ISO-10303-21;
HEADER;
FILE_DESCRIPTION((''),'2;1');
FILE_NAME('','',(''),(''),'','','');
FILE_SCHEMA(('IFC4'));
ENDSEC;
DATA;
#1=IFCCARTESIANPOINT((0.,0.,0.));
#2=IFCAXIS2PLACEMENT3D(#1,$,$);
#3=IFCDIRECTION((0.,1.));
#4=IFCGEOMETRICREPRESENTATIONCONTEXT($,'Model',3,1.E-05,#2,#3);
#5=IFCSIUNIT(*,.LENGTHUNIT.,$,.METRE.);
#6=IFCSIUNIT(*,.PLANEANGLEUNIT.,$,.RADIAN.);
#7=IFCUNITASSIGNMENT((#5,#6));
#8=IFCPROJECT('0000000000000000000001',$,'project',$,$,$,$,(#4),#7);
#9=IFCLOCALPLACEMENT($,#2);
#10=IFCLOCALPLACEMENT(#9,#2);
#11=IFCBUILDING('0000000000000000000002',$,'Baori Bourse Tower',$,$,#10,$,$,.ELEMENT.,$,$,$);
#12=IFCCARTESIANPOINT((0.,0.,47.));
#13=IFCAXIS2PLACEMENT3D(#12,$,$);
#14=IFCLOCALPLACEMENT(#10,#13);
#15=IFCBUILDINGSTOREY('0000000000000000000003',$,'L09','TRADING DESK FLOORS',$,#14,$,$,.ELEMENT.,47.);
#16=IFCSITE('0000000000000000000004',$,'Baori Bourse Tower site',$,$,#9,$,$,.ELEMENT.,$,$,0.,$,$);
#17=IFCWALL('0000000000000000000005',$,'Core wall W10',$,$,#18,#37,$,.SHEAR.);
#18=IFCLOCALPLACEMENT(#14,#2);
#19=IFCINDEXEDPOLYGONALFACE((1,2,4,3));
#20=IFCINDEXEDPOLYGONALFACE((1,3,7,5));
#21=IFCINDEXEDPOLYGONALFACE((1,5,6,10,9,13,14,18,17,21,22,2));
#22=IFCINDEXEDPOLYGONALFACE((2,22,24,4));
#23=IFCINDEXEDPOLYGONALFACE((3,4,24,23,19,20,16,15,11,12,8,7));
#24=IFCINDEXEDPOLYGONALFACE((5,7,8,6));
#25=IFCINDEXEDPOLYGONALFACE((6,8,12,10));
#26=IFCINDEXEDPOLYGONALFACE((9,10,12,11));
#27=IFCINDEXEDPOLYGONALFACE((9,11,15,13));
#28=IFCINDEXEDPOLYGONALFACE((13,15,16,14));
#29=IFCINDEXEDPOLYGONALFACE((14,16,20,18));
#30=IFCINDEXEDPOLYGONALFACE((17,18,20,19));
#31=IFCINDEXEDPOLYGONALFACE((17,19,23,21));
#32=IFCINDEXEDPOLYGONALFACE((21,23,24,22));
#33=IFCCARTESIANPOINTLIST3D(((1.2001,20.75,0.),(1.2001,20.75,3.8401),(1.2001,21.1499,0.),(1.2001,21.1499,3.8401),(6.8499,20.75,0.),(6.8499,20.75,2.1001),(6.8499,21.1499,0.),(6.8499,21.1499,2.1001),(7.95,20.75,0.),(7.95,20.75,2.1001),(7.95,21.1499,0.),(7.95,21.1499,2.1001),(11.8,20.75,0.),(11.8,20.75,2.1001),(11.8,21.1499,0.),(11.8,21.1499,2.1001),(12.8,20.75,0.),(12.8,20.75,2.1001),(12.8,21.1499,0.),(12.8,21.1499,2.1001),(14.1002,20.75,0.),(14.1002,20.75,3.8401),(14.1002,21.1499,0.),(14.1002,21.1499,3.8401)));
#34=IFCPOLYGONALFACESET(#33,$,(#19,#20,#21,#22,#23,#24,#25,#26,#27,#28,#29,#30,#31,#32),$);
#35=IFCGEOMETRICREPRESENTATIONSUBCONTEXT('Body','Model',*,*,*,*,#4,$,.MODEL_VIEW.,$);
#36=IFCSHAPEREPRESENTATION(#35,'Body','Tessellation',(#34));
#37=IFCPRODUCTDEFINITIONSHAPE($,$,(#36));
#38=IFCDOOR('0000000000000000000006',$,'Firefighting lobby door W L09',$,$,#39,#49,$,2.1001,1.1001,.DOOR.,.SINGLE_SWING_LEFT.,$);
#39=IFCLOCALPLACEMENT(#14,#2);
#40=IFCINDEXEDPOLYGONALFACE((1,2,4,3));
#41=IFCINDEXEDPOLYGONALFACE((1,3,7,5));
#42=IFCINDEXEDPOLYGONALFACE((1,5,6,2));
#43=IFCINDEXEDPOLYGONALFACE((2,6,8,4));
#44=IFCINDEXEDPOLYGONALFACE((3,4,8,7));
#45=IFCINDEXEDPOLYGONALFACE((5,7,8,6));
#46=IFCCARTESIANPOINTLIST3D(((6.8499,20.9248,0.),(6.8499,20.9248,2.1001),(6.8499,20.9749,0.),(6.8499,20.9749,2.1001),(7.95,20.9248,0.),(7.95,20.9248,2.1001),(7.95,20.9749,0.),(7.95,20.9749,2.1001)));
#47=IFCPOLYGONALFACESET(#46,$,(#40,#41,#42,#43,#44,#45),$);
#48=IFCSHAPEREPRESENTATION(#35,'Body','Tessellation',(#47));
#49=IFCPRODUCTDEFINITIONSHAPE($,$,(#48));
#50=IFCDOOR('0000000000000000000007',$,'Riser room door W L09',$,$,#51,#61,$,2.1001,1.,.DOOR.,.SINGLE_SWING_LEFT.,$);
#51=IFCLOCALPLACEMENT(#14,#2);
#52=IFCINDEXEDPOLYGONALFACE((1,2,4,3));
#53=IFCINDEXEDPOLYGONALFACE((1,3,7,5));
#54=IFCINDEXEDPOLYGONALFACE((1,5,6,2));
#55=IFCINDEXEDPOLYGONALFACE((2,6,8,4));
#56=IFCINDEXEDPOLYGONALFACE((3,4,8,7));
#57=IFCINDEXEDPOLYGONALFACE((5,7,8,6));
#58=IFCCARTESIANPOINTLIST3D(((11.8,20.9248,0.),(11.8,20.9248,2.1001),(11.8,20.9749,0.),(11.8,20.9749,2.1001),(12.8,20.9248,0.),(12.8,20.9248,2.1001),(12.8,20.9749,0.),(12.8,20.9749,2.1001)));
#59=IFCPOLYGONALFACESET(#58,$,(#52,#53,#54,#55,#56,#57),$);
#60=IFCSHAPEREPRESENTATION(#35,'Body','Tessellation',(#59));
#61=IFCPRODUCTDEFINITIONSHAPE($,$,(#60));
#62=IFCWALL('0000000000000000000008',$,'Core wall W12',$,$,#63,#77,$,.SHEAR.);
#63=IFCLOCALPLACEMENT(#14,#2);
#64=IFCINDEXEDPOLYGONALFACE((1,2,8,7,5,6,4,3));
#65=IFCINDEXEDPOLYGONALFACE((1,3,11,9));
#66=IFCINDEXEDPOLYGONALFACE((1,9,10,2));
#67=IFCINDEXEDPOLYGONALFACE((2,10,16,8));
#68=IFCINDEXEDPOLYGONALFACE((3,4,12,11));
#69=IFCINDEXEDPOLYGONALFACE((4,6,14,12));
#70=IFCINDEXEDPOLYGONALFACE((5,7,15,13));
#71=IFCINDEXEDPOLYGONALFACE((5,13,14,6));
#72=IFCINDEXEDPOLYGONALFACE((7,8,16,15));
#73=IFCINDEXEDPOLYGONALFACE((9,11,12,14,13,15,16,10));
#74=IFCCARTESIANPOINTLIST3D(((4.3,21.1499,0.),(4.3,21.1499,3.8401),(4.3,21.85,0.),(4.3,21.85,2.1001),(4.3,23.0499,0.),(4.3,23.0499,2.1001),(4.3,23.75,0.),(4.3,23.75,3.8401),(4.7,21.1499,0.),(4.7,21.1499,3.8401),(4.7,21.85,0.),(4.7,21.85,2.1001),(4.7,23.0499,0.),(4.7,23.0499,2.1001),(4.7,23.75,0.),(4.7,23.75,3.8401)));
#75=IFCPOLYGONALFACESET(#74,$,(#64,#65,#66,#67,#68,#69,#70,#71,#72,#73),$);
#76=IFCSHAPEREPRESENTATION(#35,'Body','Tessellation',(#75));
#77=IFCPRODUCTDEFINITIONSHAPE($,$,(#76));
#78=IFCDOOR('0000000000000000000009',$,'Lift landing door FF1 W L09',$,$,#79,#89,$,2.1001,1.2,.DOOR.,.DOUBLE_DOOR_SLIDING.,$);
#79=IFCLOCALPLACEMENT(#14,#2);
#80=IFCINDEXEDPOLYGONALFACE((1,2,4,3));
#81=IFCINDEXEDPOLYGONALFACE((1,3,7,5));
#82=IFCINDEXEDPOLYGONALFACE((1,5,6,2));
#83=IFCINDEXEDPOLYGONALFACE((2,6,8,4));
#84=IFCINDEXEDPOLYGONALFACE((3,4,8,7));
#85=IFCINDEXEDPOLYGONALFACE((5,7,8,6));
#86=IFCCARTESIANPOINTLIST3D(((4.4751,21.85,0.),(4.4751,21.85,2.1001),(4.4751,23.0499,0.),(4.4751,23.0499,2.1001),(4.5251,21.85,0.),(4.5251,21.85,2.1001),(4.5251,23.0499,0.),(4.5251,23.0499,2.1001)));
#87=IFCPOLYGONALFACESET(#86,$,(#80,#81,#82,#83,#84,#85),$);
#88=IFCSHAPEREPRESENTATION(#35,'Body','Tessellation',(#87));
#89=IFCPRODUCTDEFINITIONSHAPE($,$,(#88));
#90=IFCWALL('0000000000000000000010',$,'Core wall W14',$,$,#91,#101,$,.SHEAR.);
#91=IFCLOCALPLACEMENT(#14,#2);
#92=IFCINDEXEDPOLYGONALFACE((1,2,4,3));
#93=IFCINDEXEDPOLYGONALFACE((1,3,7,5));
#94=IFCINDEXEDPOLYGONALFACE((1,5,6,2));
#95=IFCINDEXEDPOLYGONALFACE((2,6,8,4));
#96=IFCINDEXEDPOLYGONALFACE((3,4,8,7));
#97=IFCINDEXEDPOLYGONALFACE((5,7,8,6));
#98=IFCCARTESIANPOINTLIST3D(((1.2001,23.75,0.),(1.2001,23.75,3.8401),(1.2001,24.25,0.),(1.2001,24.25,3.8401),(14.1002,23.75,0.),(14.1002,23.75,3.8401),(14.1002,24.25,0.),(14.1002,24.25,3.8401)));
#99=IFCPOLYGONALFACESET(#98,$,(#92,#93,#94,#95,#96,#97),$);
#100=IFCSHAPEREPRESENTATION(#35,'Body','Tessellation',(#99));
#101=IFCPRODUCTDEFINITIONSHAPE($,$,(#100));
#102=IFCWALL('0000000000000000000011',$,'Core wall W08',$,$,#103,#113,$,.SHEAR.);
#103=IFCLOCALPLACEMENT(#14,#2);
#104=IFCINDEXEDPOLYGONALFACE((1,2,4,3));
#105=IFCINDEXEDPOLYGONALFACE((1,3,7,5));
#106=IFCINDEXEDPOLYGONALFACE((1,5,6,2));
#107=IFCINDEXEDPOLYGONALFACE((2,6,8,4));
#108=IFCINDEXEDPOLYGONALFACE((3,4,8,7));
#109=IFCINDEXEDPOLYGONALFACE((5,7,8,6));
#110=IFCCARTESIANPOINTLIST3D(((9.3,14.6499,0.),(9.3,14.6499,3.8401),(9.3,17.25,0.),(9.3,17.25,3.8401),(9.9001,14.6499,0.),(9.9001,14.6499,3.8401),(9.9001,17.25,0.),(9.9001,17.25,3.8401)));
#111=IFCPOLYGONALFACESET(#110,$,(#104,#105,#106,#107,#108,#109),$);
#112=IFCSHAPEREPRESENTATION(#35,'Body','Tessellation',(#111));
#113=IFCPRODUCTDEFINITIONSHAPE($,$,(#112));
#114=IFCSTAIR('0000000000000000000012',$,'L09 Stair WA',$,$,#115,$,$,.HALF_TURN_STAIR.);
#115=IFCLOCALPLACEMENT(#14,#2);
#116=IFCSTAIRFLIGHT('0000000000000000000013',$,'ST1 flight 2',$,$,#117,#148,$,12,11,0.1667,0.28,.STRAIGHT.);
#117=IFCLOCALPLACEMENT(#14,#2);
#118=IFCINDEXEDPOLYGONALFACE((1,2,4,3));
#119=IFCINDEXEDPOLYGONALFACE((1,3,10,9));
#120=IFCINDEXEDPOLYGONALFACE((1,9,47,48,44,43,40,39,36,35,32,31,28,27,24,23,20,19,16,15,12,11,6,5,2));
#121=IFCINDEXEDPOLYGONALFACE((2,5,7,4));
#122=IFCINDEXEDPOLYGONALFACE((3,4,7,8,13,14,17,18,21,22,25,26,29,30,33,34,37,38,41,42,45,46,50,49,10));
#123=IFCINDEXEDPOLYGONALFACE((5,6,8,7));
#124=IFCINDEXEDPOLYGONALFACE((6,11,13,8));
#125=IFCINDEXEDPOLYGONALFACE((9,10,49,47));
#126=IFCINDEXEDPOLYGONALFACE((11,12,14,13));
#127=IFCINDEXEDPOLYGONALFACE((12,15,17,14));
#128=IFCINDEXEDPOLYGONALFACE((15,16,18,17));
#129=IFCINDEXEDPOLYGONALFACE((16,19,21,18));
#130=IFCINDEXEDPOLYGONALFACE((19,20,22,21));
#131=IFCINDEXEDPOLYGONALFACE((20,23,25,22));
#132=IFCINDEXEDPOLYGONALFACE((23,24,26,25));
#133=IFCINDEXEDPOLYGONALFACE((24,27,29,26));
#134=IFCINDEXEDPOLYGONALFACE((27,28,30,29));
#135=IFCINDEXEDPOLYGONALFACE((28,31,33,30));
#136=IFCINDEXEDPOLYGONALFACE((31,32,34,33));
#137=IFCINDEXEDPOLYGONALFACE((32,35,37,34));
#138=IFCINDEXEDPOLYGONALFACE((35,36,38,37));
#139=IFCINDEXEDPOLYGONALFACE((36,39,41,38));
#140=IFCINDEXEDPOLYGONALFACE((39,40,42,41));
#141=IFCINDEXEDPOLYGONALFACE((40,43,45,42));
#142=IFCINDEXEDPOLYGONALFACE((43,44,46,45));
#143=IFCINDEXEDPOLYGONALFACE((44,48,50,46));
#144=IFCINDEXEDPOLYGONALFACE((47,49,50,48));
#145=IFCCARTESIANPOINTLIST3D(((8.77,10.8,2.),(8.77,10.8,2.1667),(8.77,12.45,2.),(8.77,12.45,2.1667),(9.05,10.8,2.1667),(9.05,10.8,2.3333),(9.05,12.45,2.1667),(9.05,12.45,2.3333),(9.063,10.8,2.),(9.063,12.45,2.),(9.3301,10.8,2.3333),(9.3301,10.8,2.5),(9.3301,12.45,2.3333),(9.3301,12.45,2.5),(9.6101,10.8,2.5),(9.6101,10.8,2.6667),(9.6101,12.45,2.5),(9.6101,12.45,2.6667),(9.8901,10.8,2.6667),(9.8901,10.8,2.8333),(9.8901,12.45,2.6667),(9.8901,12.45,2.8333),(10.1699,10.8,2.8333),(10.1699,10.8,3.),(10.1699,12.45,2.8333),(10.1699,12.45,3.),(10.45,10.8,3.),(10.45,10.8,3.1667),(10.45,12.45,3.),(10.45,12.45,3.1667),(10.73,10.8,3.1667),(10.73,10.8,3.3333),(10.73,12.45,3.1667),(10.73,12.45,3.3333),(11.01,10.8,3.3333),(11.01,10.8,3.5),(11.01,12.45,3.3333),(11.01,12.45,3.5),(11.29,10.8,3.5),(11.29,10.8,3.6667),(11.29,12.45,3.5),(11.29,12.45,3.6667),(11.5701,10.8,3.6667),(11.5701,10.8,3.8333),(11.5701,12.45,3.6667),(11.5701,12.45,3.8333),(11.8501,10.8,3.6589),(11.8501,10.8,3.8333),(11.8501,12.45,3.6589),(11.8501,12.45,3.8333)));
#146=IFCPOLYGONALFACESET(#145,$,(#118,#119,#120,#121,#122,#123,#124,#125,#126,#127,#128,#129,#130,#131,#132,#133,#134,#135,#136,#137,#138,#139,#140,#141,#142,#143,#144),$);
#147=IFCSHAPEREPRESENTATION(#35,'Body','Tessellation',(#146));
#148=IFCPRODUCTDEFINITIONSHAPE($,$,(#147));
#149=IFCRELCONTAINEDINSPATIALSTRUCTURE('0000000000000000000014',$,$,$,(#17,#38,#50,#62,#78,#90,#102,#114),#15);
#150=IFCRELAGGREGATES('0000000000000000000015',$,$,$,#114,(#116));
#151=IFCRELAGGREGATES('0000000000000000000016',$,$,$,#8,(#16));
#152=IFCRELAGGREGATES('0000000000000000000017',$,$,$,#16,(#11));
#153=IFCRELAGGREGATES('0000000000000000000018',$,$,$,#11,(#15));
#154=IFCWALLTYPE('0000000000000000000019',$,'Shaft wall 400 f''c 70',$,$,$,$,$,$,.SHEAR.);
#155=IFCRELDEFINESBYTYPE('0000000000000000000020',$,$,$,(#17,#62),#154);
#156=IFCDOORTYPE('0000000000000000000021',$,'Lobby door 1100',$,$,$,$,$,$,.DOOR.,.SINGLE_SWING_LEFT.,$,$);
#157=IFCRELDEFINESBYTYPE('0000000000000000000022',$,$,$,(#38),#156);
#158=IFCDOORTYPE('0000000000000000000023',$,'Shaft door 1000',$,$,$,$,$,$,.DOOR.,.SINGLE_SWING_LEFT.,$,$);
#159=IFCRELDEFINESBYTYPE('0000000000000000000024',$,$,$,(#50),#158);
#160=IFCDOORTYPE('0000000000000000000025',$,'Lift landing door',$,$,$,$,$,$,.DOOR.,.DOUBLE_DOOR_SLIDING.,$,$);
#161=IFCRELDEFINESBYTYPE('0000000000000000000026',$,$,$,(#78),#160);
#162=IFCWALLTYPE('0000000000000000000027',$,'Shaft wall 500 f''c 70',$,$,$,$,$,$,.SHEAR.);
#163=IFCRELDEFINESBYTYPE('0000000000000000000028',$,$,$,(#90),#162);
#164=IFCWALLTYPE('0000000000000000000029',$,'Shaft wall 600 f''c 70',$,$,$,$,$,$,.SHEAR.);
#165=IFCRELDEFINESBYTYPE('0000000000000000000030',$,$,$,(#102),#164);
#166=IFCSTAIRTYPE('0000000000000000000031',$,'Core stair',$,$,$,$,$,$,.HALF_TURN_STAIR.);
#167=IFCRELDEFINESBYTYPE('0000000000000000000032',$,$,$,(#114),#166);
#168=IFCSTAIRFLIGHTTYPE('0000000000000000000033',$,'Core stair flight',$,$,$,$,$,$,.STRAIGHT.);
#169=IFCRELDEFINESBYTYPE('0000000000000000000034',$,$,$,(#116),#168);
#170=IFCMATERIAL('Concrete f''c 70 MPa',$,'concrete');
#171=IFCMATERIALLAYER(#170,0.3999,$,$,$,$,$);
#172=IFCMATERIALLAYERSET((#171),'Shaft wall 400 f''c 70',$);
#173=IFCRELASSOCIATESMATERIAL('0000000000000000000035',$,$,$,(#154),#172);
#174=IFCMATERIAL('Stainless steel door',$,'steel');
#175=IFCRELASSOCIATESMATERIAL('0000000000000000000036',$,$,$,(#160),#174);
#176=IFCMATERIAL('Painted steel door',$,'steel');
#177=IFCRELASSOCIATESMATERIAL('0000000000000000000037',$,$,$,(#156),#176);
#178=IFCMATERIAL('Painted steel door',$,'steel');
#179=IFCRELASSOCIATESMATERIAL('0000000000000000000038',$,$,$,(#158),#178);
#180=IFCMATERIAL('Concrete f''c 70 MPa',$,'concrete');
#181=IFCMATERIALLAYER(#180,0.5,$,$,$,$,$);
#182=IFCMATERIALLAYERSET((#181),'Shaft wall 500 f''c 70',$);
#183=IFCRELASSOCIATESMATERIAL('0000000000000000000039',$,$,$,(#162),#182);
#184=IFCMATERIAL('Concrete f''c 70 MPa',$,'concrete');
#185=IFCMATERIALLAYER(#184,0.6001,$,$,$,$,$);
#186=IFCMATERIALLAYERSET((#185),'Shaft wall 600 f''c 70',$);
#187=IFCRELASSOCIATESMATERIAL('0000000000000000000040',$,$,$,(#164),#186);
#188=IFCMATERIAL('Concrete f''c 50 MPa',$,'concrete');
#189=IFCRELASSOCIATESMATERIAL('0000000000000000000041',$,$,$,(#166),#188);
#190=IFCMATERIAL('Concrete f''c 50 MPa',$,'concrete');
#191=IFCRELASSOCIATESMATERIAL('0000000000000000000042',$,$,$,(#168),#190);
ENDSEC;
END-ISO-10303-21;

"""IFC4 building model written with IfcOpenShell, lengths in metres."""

from ifc_helpers import new_model, si_unit, direction, frame, frame_2d, origin, place, context, subcontext, project, spatial, polyline, rectangle, outline, extrude, material, layer, layer_set, type_object, element, fill, aggregate, save


model = new_model("IFC4")

# Units and contexts
model_context = context("Model", 3, precision=1e-05, world=origin(), true_north=direction((0.0, 1.0)))
body_context = subcontext(model_context, "Body", "Model", "MODEL_VIEW")
ifc_project = project(units=[si_unit("LENGTHUNIT", "METRE"), si_unit("PLANEANGLEUNIT", "RADIAN")], contexts=[model_context])

# Site, building, storey
site_placement = place(None, origin())
site = spatial("IfcSite", under=ifc_project, at=site_placement, Name="Baori Bourse Tower site", CompositionType="ELEMENT", RefElevation=0.0)
building_placement = place(site_placement, origin())
building = spatial("IfcBuilding", under=site, at=building_placement, Name="Baori Bourse Tower", CompositionType="ELEMENT")
storey_placement = place(building_placement, frame((0.0, 0.0, 47.0)))
storey = spatial("IfcBuildingStorey", under=building, at=storey_placement, Name="L09", Description="TRADING DESK FLOORS", CompositionType="ELEMENT", Elevation=47.0)

# Shared definitions
ifc_material_1 = material(Name="Concrete f'c 70 MPa", Category="concrete")
ifc_layer_1 = layer(ifc_material_1, 0.3999)
ifc_layer_set_1 = layer_set([ifc_layer_1], Name="Shaft wall 400 f'c 70")
wall_type_1 = type_object("IfcWallType", Name="Shaft wall 400 f'c 70", PredefinedType="SHEAR", material=ifc_layer_set_1)

# Wall, openings, doors
ifc_material_2 = material(Name="Stainless steel door", Category="steel")
door_type_1 = type_object("IfcDoorType", Name="Lift landing door", OperationType="DOUBLE_DOOR_SLIDING", PredefinedType="DOOR", material=ifc_material_2)
wall_1_placement = place(storey_placement, frame((1.2, 20.95, 0.0), z_axis=(0.0, 0.0, 1.0), x_axis=(1.0, 0.0, 0.0)))
wall_1 = element("IfcWall", 1, at=wall_1_placement, inside=storey, type_object=wall_type_1, Name="Core wall W10", PredefinedType="SHEAR", context=body_context, shape_type="SweptSolid", body=[
    extrude(rectangle(XDim=12.9001, YDim=0.3999, at=frame_2d((6.4502, 0.0))), origin(), (0.0, 0.0, 1.0), 3.8401),
])
opening_1_placement = place(wall_1_placement, frame((5.6499, 0.0, 0.0)))
opening_1 = element("IfcOpeningElement", 2, at=opening_1_placement, cuts=wall_1, PredefinedType="OPENING", context=body_context, shape_type="SweptSolid", body=[
    extrude(rectangle(XDim=1.1001, YDim=2.1001, at=frame_2d((0.55, 1.05))), frame((0.0, 0.21, 0.0), z_axis=(0.0, -1.0, 0.0), x_axis=(1.0, 0.0, 0.0)), (0.0, 0.0, 1.0), 0.4199),
])
opening_2_placement = place(wall_1_placement, frame((10.6001, 0.0, 0.0)))
opening_2 = element("IfcOpeningElement", 3, at=opening_2_placement, cuts=wall_1, PredefinedType="OPENING", context=body_context, shape_type="SweptSolid", body=[
    extrude(rectangle(XDim=1.0, YDim=2.1001, at=frame_2d((0.5, 1.05))), frame((0.0, 0.21, 0.0), z_axis=(0.0, -1.0, 0.0), x_axis=(1.0, 0.0, 0.0)), (0.0, 0.0, 1.0), 0.4199),
])
ifc_material_3 = material(Name="Painted steel door", Category="steel")
door_type_2 = type_object("IfcDoorType", Name="Lobby door 1100", OperationType="SINGLE_SWING_LEFT", PredefinedType="DOOR", material=ifc_material_3)
door_1_placement = place(opening_1_placement, origin())
door_1 = element("IfcDoor", 4, at=door_1_placement, inside=storey, type_object=door_type_2, Name="Firefighting lobby door W L09", OperationType="SINGLE_SWING_LEFT", OverallHeight=2.1001, OverallWidth=1.1001, PredefinedType="DOOR", context=body_context, shape_type="SweptSolid", body=[
    extrude(rectangle(XDim=1.1001, YDim=2.1001, at=frame_2d((0.55, 1.05))), frame((0.0, 0.0249, 0.0), z_axis=(0.0, -1.0, 0.0), x_axis=(1.0, 0.0, 0.0)), (0.0, 0.0, 1.0), 0.05),
])
fill(opening_1, door_1)
ifc_material_4 = material(Name="Painted steel door", Category="steel")
door_type_3 = type_object("IfcDoorType", Name="Shaft door 1000", OperationType="SINGLE_SWING_LEFT", PredefinedType="DOOR", material=ifc_material_4)
door_2_placement = place(opening_2_placement, origin())
door_2 = element("IfcDoor", 5, at=door_2_placement, inside=storey, type_object=door_type_3, Name="Riser room door W L09", OperationType="SINGLE_SWING_LEFT", OverallHeight=2.1001, OverallWidth=1.0, PredefinedType="DOOR", context=body_context, shape_type="SweptSolid", body=[
    extrude(rectangle(XDim=1.0, YDim=2.1001, at=frame_2d((0.5, 1.05))), frame((0.0, 0.0249, 0.0), z_axis=(0.0, -1.0, 0.0), x_axis=(1.0, 0.0, 0.0)), (0.0, 0.0, 1.0), 0.05),
])
fill(opening_2, door_2)

# Wall, opening, door
wall_2_placement = place(storey_placement, frame((4.5, 21.1499, 0.0), z_axis=(0.0, 0.0, 1.0), x_axis=(0.0, 1.0, 0.0)))
wall_2 = element("IfcWall", 6, at=wall_2_placement, inside=storey, type_object=wall_type_1, Name="Core wall W12", PredefinedType="SHEAR", context=body_context, shape_type="SweptSolid", body=[
    extrude(rectangle(XDim=2.6001, YDim=0.3999, at=frame_2d((1.3, 0.0))), origin(), (0.0, 0.0, 1.0), 3.8401),
])
opening_3_placement = place(wall_2_placement, frame((0.7, 0.0, 0.0)))
opening_3 = element("IfcOpeningElement", 7, at=opening_3_placement, cuts=wall_2, PredefinedType="OPENING", context=body_context, shape_type="SweptSolid", body=[
    extrude(rectangle(XDim=1.2, YDim=2.1001, at=frame_2d((0.6001, 1.05))), frame((0.0, 0.21, 0.0), z_axis=(0.0, -1.0, 0.0), x_axis=(1.0, 0.0, 0.0)), (0.0, 0.0, 1.0), 0.4199),
])
door_3_placement = place(opening_3_placement, origin())
door_3 = element("IfcDoor", 8, at=door_3_placement, inside=storey, type_object=door_type_1, Name="Lift landing door FF1 W L09", OperationType="DOUBLE_DOOR_SLIDING", OverallHeight=2.1001, OverallWidth=1.2, PredefinedType="DOOR", context=body_context, shape_type="SweptSolid", body=[
    extrude(rectangle(XDim=1.2, YDim=2.1001, at=frame_2d((0.6001, 1.05))), frame((0.0, 0.0249, 0.0), z_axis=(0.0, -1.0, 0.0), x_axis=(1.0, 0.0, 0.0)), (0.0, 0.0, 1.0), 0.05),
])
fill(opening_3, door_3)

# Walls
ifc_material_5 = material(Name="Concrete f'c 70 MPa", Category="concrete")
ifc_layer_2 = layer(ifc_material_5, 0.5)
ifc_layer_set_2 = layer_set([ifc_layer_2], Name="Shaft wall 500 f'c 70")
wall_type_2 = type_object("IfcWallType", Name="Shaft wall 500 f'c 70", PredefinedType="SHEAR", material=ifc_layer_set_2)
wall_3_placement = place(storey_placement, frame((1.2, 24.0, 0.0), z_axis=(0.0, 0.0, 1.0), x_axis=(1.0, 0.0, 0.0)))
element("IfcWall", 9, at=wall_3_placement, inside=storey, type_object=wall_type_2, Name="Core wall W14", PredefinedType="SHEAR", context=body_context, shape_type="SweptSolid", body=[
    extrude(rectangle(XDim=12.9001, YDim=0.5, at=frame_2d((6.4502, 0.0))), origin(), (0.0, 0.0, 1.0), 3.8401),
])
ifc_material_6 = material(Name="Concrete f'c 70 MPa", Category="concrete")
ifc_layer_3 = layer(ifc_material_6, 0.6001)
ifc_layer_set_3 = layer_set([ifc_layer_3], Name="Shaft wall 600 f'c 70")
wall_type_3 = type_object("IfcWallType", Name="Shaft wall 600 f'c 70", PredefinedType="SHEAR", material=ifc_layer_set_3)
wall_4_placement = place(storey_placement, frame((9.6001, 14.6499, 0.0), z_axis=(0.0, 0.0, 1.0), x_axis=(0.0, 1.0, 0.0)))
element("IfcWall", 10, at=wall_4_placement, inside=storey, type_object=wall_type_3, Name="Core wall W08", PredefinedType="SHEAR", context=body_context, shape_type="SweptSolid", body=[
    extrude(rectangle(XDim=2.6001, YDim=0.6001, at=frame_2d((1.3, 0.0))), origin(), (0.0, 0.0, 1.0), 3.8401),
])

# Stair, stair flight
ifc_material_7 = material(Name="Concrete f'c 50 MPa", Category="concrete")
stair_type = type_object("IfcStairType", Name="Core stair", PredefinedType="HALF_TURN_STAIR", material=ifc_material_7)
stair_placement = place(storey_placement, origin())
stair = element("IfcStair", 11, at=stair_placement, inside=storey, type_object=stair_type, Name="L09 Stair WA", PredefinedType="HALF_TURN_STAIR")
ifc_material_8 = material(Name="Concrete f'c 50 MPa", Category="concrete")
stair_flight_type = type_object("IfcStairFlightType", Name="Core stair flight", PredefinedType="STRAIGHT", material=ifc_material_8)
stair_flight_placement = place(storey_placement, frame((8.77, 11.625, 2.0), z_axis=(0.0, 0.0, 1.0), x_axis=(1.0, 0.0, 0.0)))
stair_flight = element("IfcStairFlight", 12, at=stair_flight_placement, type_object=stair_flight_type, Name="ST1 flight 2", NumberOfRisers=12, NumberOfTreads=11, PredefinedType="STRAIGHT", RiserHeight=0.1667, TreadLength=0.28, context=body_context, shape_type="SweptSolid", body=[
    extrude(outline(polyline([(0.0, 0.0), (0.0, 0.1667), (0.28, 0.1667), (0.28, 0.3333), (0.5601, 0.3333), (0.5601, 0.5), (0.8401, 0.5), (0.8401, 0.6667), (1.1201, 0.6667), (1.1201, 0.8333), (1.3999, 0.8333), (1.3999, 1.0), (1.6799, 1.0), (1.6799, 1.1667), (1.96, 1.1667), (1.96, 1.3333), (2.24, 1.3333), (2.24, 1.5), (2.52, 1.5), (2.52, 1.6667), (2.8, 1.6667), (2.8, 1.8333), (3.0801, 1.8333), (3.0801, 2.0), (3.0801, 1.6589), (0.293, 0.0), (0.0, 0.0)])), frame((0.0, 0.825, 0.0), z_axis=(0.0, -1.0, 0.0), x_axis=(1.0, 0.0, 0.0)), (0.0, 0.0, 1.0), 1.6499),
])
aggregate(stair, [stair_flight])

save(model, "model.ifc")
